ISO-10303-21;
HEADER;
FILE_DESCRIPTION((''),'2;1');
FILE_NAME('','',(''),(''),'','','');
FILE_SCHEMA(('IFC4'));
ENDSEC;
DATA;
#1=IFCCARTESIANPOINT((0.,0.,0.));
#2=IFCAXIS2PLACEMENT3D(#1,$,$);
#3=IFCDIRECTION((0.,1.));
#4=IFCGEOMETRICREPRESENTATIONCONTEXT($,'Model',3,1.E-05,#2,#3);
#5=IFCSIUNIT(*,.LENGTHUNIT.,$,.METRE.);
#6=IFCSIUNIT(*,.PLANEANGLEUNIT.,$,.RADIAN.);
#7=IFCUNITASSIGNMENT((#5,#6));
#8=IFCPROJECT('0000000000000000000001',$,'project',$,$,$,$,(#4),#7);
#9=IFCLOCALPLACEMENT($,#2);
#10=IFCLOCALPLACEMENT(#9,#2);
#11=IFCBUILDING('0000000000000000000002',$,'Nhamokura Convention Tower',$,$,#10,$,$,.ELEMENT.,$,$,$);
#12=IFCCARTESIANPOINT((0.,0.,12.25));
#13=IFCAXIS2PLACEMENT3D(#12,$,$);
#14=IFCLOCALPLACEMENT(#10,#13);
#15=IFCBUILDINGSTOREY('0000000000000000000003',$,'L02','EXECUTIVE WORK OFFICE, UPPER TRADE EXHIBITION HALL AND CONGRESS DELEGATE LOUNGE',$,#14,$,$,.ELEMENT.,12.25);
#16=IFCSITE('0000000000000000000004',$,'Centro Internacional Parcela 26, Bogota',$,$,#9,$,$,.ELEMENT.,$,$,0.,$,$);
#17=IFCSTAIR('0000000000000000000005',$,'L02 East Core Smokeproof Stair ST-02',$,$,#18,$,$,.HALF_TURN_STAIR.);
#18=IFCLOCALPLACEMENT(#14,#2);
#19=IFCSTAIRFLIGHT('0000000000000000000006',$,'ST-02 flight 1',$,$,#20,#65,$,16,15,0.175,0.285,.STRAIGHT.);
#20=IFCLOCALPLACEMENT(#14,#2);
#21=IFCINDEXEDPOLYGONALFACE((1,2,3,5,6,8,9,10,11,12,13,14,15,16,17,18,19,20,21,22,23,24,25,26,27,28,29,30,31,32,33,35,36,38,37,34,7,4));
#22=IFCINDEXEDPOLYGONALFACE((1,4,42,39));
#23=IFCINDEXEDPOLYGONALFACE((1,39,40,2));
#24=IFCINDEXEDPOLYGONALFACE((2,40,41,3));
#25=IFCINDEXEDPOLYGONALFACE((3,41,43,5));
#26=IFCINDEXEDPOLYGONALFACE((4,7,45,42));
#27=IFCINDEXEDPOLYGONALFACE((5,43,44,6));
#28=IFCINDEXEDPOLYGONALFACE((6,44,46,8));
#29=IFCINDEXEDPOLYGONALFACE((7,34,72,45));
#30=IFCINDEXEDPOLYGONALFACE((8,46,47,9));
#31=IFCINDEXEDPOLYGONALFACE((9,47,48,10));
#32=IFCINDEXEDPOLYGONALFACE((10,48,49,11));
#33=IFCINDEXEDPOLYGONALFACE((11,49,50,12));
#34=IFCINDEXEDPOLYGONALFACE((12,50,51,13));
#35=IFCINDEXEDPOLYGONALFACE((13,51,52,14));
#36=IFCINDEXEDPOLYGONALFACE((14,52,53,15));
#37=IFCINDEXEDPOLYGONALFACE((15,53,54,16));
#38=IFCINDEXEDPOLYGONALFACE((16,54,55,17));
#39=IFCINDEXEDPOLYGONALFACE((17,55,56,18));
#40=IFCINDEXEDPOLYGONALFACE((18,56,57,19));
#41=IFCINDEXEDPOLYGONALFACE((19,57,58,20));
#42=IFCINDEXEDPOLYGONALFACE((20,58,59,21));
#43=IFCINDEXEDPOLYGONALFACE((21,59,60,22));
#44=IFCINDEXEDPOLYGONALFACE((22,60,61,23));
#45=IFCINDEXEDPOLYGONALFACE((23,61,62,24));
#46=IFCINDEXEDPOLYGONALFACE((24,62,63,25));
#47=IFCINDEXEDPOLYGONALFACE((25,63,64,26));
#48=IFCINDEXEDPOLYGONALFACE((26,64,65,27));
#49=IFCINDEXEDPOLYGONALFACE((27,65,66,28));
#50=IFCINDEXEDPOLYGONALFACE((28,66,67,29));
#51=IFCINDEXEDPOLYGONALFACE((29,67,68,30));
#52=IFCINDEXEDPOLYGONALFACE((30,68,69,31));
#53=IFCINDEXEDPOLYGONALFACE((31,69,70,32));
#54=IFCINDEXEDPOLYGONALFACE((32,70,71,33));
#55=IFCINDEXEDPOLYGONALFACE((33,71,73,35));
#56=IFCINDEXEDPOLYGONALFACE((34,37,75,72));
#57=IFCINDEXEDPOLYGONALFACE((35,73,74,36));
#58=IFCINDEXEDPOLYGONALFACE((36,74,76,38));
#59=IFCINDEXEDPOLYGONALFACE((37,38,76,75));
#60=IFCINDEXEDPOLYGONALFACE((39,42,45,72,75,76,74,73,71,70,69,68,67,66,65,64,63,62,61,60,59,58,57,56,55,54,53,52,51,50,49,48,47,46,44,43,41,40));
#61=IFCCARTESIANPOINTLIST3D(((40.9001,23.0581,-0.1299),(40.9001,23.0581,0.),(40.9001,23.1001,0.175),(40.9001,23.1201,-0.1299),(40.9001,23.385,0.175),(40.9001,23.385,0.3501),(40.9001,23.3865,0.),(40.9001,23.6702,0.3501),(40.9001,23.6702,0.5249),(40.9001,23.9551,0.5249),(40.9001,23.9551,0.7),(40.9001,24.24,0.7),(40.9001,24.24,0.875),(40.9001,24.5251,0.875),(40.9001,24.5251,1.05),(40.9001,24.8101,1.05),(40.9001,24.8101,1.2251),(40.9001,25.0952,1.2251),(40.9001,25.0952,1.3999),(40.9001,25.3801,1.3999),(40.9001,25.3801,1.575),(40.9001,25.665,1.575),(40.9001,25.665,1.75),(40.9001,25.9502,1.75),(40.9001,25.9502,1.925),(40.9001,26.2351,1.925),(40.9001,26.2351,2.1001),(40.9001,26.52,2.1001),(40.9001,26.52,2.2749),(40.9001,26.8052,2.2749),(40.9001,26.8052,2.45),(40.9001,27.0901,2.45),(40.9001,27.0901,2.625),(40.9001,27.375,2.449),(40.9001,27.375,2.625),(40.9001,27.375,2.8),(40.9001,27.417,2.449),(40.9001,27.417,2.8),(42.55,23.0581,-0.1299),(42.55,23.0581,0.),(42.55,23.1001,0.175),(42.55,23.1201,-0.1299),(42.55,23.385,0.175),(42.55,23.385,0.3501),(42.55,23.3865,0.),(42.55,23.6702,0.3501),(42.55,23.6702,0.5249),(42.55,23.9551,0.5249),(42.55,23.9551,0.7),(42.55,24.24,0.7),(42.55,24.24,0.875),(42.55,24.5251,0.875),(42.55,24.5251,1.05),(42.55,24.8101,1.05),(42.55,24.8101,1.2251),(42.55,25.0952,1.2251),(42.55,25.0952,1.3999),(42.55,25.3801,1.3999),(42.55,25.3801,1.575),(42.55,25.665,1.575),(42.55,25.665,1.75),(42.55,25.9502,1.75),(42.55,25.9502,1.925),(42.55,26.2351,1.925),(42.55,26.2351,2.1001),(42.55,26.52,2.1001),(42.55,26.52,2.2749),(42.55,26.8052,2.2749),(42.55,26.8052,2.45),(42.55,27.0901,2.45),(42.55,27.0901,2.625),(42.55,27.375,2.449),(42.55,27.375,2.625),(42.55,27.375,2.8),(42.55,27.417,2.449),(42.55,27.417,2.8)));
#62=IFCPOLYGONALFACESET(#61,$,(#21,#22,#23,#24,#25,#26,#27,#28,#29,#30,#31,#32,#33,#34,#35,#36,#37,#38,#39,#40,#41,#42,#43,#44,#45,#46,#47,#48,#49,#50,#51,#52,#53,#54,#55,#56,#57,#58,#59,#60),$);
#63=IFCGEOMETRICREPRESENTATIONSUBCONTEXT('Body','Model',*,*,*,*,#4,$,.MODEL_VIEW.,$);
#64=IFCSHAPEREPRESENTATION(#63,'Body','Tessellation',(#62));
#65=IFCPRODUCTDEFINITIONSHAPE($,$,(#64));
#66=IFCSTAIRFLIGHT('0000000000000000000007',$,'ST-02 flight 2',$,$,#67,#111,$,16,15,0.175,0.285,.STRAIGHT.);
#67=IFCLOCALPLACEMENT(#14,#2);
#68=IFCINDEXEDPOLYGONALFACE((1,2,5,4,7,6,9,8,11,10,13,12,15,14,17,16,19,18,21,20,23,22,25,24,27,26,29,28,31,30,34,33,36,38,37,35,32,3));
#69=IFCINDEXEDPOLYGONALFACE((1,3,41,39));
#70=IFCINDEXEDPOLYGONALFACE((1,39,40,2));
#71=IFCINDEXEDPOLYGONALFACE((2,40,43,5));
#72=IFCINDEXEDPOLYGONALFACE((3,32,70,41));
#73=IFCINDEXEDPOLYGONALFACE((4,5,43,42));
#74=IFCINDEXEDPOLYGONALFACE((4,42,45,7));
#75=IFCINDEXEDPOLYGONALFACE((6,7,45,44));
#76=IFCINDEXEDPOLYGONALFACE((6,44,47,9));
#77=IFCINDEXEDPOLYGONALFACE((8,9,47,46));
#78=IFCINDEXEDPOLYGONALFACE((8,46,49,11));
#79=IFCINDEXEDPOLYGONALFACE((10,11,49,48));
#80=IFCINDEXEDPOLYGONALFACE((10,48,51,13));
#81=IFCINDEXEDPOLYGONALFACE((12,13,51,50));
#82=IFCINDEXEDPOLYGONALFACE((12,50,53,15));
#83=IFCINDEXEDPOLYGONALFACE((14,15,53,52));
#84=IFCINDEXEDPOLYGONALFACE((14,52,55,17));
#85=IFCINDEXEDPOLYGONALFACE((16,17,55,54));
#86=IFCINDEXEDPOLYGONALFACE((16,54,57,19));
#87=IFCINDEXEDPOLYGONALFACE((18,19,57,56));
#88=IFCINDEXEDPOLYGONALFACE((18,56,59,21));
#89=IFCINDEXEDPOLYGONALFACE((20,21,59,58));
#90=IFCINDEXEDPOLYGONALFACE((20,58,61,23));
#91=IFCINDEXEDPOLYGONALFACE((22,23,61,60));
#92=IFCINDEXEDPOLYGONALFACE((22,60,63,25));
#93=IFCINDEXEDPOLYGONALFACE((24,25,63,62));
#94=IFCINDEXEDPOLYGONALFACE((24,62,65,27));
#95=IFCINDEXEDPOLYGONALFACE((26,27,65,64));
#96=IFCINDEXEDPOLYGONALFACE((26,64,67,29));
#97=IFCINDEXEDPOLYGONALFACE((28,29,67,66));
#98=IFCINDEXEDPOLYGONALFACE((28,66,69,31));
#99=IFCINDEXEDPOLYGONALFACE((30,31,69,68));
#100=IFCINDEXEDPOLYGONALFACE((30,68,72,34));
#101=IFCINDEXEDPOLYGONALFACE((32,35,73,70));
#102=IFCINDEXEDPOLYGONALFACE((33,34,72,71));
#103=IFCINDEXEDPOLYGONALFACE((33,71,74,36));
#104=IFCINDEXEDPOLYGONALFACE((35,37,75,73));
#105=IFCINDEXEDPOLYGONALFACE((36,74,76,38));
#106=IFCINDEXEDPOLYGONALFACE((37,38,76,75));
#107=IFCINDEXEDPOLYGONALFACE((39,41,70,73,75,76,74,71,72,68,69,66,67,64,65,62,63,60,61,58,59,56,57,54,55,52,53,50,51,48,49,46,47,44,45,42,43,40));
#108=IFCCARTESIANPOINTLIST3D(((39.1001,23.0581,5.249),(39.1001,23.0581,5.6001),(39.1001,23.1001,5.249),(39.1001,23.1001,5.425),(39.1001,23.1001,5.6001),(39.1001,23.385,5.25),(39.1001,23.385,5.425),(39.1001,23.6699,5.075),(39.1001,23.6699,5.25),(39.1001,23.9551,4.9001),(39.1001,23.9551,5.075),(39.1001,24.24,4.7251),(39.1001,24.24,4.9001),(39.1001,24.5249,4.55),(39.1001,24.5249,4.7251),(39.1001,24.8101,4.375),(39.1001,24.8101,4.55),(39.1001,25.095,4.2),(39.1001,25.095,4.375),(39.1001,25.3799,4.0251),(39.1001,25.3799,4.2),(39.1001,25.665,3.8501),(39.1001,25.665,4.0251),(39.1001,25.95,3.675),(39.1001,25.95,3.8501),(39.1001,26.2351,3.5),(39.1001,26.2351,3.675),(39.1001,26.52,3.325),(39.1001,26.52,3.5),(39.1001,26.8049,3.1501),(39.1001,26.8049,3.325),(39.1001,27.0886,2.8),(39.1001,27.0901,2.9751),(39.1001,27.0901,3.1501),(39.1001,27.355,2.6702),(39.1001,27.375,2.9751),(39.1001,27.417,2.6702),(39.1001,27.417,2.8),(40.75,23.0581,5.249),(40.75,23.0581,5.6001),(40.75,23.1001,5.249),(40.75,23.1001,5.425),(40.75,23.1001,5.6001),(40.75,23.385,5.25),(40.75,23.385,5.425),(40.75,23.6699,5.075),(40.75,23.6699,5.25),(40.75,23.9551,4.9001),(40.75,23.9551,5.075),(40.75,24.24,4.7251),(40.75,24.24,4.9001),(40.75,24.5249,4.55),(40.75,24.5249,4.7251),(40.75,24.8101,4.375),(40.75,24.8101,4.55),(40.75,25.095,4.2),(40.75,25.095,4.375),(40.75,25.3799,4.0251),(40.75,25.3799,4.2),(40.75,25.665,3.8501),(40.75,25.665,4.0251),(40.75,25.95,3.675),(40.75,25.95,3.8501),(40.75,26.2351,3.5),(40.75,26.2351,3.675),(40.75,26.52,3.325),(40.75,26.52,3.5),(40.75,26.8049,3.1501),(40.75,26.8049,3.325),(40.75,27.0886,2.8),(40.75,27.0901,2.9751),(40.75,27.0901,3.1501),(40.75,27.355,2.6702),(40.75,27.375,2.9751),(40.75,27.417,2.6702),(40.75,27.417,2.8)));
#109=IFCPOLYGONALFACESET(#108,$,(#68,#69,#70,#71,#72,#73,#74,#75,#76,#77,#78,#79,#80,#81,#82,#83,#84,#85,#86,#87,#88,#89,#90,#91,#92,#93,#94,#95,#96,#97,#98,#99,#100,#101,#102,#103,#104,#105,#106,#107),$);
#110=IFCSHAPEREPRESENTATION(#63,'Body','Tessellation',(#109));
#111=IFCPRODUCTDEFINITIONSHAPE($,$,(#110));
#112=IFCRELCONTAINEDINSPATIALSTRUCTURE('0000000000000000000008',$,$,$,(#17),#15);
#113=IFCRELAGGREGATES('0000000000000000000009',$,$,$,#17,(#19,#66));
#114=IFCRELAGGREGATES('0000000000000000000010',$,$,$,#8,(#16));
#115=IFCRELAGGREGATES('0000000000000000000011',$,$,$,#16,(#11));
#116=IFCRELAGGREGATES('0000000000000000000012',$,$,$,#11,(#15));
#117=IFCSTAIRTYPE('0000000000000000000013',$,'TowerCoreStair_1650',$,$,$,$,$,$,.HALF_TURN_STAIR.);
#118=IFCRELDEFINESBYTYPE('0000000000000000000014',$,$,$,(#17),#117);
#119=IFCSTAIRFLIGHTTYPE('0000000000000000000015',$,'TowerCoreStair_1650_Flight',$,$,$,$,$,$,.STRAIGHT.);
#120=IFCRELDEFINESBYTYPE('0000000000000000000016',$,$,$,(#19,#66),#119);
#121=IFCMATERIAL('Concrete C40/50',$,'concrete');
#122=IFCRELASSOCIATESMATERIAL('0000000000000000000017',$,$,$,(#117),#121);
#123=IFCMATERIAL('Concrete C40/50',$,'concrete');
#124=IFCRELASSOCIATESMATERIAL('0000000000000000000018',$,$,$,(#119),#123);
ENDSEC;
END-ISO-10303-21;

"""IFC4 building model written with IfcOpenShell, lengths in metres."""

from ifc_helpers import new_model, si_unit, direction, frame, origin, place, context, subcontext, project, spatial, polyline, outline, extrude, material, type_object, element, aggregate, save


model = new_model("IFC4")

# Units and contexts
model_context = context("Model", 3, precision=1e-05, world=origin(), true_north=direction((0.0, 1.0)))
body_context = subcontext(model_context, "Body", "Model", "MODEL_VIEW")
ifc_project = project(units=[si_unit("LENGTHUNIT", "METRE"), si_unit("PLANEANGLEUNIT", "RADIAN")], contexts=[model_context])

# Site, building, storey
site_placement = place(None, origin())
site = spatial("IfcSite", under=ifc_project, at=site_placement, Name="Centro Internacional Parcela 26, Bogota", CompositionType="ELEMENT", RefElevation=0.0)
building_placement = place(site_placement, origin())
building = spatial("IfcBuilding", under=site, at=building_placement, Name="Nhamokura Convention Tower", CompositionType="ELEMENT")
storey_placement = place(building_placement, frame((0.0, 0.0, 12.25)))
storey = spatial("IfcBuildingStorey", under=building, at=storey_placement, Name="L02", Description="EXECUTIVE WORK OFFICE, UPPER TRADE EXHIBITION HALL AND CONGRESS DELEGATE LOUNGE", CompositionType="ELEMENT", Elevation=12.25)

# Stair, stair flights
ifc_material_1 = material(Name="Concrete C40/50", Category="concrete")
stair_type = type_object("IfcStairType", Name="TowerCoreStair_1650", PredefinedType="HALF_TURN_STAIR", material=ifc_material_1)
stair_placement = place(storey_placement, origin())
stair = element("IfcStair", 1, at=stair_placement, inside=storey, type_object=stair_type, Name="L02 East Core Smokeproof Stair ST-02", PredefinedType="HALF_TURN_STAIR")
ifc_material_2 = material(Name="Concrete C40/50", Category="concrete")
stair_flight_type = type_object("IfcStairFlightType", Name="TowerCoreStair_1650_Flight", PredefinedType="STRAIGHT", material=ifc_material_2)
stair_flight_1_placement = place(storey_placement, frame((41.7251, 23.1001, 0.0), z_axis=(0.0, 0.0, 1.0), x_axis=(0.0, 1.0, 0.0)))
stair_flight_1 = element("IfcStairFlight", 2, at=stair_flight_1_placement, type_object=stair_flight_type, Name="ST-02 flight 1", NumberOfRisers=16, NumberOfTreads=15, PredefinedType="STRAIGHT", RiserHeight=0.175, TreadLength=0.285, context=body_context, shape_type="SweptSolid", body=[
    extrude(outline(polyline([(-0.042, 0.0), (0.0, 0.175), (0.2849, 0.175), (0.2849, 0.3501), (0.5701, 0.3501), (0.5701, 0.5249), (0.855, 0.5249), (0.855, 0.7), (1.1399, 0.7), (1.1399, 0.875), (1.425, 0.875), (1.425, 1.05), (1.71, 1.05), (1.71, 1.2251), (1.9951, 1.2251), (1.9951, 1.3999), (2.28, 1.3999), (2.28, 1.575), (2.5649, 1.575), (2.5649, 1.75), (2.8501, 1.75), (2.8501, 1.925), (3.135, 1.925), (3.135, 2.1001), (3.4199, 2.1001), (3.4199, 2.2749), (3.7051, 2.2749), (3.7051, 2.45), (3.99, 2.45), (3.99, 2.625), (4.2749, 2.625), (4.2749, 2.8), (4.3169, 2.8), (4.3169, 2.449), (4.2749, 2.449), (0.2864, 0.0), (0.02, -0.1299), (-0.042, -0.1299), (-0.042, 0.0)])), frame((0.0, 0.825, 0.0), z_axis=(0.0, -1.0, 0.0), x_axis=(1.0, 0.0, 0.0)), (0.0, 0.0, 1.0), 1.6499),
])
stair_flight_2_placement = place(storey_placement, frame((39.925, 27.375, 2.8), z_axis=(0.0, 0.0, 1.0), x_axis=(0.0, -1.0, 0.0)))
stair_flight_2 = element("IfcStairFlight", 3, at=stair_flight_2_placement, type_object=stair_flight_type, Name="ST-02 flight 2", NumberOfRisers=16, NumberOfTreads=15, PredefinedType="STRAIGHT", RiserHeight=0.175, TreadLength=0.285, context=body_context, shape_type="SweptSolid", body=[
    extrude(outline(polyline([(-0.042, 0.0), (0.0, 0.175), (0.2849, 0.175), (0.2849, 0.3501), (0.5701, 0.3501), (0.5701, 0.5249), (0.855, 0.5249), (0.855, 0.7), (1.1399, 0.7), (1.1399, 0.875), (1.425, 0.875), (1.425, 1.05), (1.71, 1.05), (1.71, 1.2251), (1.9951, 1.2251), (1.9951, 1.3999), (2.28, 1.3999), (2.28, 1.575), (2.5649, 1.575), (2.5649, 1.75), (2.8501, 1.75), (2.8501, 1.925), (3.135, 1.925), (3.135, 2.1001), (3.4199, 2.1001), (3.4199, 2.2749), (3.7051, 2.2749), (3.7051, 2.45), (3.99, 2.45), (3.99, 2.625), (4.2749, 2.625), (4.2749, 2.8), (4.3169, 2.8), (4.3169, 2.449), (4.2749, 2.449), (0.2864, 0.0), (0.02, -0.1299), (-0.042, -0.1299), (-0.042, 0.0)])), frame((0.0, 0.825, 0.0), z_axis=(0.0, -1.0, 0.0), x_axis=(1.0, 0.0, 0.0)), (0.0, 0.0, 1.0), 1.6499),
])
aggregate(stair, [stair_flight_1, stair_flight_2])

save(model, "model.ifc")
